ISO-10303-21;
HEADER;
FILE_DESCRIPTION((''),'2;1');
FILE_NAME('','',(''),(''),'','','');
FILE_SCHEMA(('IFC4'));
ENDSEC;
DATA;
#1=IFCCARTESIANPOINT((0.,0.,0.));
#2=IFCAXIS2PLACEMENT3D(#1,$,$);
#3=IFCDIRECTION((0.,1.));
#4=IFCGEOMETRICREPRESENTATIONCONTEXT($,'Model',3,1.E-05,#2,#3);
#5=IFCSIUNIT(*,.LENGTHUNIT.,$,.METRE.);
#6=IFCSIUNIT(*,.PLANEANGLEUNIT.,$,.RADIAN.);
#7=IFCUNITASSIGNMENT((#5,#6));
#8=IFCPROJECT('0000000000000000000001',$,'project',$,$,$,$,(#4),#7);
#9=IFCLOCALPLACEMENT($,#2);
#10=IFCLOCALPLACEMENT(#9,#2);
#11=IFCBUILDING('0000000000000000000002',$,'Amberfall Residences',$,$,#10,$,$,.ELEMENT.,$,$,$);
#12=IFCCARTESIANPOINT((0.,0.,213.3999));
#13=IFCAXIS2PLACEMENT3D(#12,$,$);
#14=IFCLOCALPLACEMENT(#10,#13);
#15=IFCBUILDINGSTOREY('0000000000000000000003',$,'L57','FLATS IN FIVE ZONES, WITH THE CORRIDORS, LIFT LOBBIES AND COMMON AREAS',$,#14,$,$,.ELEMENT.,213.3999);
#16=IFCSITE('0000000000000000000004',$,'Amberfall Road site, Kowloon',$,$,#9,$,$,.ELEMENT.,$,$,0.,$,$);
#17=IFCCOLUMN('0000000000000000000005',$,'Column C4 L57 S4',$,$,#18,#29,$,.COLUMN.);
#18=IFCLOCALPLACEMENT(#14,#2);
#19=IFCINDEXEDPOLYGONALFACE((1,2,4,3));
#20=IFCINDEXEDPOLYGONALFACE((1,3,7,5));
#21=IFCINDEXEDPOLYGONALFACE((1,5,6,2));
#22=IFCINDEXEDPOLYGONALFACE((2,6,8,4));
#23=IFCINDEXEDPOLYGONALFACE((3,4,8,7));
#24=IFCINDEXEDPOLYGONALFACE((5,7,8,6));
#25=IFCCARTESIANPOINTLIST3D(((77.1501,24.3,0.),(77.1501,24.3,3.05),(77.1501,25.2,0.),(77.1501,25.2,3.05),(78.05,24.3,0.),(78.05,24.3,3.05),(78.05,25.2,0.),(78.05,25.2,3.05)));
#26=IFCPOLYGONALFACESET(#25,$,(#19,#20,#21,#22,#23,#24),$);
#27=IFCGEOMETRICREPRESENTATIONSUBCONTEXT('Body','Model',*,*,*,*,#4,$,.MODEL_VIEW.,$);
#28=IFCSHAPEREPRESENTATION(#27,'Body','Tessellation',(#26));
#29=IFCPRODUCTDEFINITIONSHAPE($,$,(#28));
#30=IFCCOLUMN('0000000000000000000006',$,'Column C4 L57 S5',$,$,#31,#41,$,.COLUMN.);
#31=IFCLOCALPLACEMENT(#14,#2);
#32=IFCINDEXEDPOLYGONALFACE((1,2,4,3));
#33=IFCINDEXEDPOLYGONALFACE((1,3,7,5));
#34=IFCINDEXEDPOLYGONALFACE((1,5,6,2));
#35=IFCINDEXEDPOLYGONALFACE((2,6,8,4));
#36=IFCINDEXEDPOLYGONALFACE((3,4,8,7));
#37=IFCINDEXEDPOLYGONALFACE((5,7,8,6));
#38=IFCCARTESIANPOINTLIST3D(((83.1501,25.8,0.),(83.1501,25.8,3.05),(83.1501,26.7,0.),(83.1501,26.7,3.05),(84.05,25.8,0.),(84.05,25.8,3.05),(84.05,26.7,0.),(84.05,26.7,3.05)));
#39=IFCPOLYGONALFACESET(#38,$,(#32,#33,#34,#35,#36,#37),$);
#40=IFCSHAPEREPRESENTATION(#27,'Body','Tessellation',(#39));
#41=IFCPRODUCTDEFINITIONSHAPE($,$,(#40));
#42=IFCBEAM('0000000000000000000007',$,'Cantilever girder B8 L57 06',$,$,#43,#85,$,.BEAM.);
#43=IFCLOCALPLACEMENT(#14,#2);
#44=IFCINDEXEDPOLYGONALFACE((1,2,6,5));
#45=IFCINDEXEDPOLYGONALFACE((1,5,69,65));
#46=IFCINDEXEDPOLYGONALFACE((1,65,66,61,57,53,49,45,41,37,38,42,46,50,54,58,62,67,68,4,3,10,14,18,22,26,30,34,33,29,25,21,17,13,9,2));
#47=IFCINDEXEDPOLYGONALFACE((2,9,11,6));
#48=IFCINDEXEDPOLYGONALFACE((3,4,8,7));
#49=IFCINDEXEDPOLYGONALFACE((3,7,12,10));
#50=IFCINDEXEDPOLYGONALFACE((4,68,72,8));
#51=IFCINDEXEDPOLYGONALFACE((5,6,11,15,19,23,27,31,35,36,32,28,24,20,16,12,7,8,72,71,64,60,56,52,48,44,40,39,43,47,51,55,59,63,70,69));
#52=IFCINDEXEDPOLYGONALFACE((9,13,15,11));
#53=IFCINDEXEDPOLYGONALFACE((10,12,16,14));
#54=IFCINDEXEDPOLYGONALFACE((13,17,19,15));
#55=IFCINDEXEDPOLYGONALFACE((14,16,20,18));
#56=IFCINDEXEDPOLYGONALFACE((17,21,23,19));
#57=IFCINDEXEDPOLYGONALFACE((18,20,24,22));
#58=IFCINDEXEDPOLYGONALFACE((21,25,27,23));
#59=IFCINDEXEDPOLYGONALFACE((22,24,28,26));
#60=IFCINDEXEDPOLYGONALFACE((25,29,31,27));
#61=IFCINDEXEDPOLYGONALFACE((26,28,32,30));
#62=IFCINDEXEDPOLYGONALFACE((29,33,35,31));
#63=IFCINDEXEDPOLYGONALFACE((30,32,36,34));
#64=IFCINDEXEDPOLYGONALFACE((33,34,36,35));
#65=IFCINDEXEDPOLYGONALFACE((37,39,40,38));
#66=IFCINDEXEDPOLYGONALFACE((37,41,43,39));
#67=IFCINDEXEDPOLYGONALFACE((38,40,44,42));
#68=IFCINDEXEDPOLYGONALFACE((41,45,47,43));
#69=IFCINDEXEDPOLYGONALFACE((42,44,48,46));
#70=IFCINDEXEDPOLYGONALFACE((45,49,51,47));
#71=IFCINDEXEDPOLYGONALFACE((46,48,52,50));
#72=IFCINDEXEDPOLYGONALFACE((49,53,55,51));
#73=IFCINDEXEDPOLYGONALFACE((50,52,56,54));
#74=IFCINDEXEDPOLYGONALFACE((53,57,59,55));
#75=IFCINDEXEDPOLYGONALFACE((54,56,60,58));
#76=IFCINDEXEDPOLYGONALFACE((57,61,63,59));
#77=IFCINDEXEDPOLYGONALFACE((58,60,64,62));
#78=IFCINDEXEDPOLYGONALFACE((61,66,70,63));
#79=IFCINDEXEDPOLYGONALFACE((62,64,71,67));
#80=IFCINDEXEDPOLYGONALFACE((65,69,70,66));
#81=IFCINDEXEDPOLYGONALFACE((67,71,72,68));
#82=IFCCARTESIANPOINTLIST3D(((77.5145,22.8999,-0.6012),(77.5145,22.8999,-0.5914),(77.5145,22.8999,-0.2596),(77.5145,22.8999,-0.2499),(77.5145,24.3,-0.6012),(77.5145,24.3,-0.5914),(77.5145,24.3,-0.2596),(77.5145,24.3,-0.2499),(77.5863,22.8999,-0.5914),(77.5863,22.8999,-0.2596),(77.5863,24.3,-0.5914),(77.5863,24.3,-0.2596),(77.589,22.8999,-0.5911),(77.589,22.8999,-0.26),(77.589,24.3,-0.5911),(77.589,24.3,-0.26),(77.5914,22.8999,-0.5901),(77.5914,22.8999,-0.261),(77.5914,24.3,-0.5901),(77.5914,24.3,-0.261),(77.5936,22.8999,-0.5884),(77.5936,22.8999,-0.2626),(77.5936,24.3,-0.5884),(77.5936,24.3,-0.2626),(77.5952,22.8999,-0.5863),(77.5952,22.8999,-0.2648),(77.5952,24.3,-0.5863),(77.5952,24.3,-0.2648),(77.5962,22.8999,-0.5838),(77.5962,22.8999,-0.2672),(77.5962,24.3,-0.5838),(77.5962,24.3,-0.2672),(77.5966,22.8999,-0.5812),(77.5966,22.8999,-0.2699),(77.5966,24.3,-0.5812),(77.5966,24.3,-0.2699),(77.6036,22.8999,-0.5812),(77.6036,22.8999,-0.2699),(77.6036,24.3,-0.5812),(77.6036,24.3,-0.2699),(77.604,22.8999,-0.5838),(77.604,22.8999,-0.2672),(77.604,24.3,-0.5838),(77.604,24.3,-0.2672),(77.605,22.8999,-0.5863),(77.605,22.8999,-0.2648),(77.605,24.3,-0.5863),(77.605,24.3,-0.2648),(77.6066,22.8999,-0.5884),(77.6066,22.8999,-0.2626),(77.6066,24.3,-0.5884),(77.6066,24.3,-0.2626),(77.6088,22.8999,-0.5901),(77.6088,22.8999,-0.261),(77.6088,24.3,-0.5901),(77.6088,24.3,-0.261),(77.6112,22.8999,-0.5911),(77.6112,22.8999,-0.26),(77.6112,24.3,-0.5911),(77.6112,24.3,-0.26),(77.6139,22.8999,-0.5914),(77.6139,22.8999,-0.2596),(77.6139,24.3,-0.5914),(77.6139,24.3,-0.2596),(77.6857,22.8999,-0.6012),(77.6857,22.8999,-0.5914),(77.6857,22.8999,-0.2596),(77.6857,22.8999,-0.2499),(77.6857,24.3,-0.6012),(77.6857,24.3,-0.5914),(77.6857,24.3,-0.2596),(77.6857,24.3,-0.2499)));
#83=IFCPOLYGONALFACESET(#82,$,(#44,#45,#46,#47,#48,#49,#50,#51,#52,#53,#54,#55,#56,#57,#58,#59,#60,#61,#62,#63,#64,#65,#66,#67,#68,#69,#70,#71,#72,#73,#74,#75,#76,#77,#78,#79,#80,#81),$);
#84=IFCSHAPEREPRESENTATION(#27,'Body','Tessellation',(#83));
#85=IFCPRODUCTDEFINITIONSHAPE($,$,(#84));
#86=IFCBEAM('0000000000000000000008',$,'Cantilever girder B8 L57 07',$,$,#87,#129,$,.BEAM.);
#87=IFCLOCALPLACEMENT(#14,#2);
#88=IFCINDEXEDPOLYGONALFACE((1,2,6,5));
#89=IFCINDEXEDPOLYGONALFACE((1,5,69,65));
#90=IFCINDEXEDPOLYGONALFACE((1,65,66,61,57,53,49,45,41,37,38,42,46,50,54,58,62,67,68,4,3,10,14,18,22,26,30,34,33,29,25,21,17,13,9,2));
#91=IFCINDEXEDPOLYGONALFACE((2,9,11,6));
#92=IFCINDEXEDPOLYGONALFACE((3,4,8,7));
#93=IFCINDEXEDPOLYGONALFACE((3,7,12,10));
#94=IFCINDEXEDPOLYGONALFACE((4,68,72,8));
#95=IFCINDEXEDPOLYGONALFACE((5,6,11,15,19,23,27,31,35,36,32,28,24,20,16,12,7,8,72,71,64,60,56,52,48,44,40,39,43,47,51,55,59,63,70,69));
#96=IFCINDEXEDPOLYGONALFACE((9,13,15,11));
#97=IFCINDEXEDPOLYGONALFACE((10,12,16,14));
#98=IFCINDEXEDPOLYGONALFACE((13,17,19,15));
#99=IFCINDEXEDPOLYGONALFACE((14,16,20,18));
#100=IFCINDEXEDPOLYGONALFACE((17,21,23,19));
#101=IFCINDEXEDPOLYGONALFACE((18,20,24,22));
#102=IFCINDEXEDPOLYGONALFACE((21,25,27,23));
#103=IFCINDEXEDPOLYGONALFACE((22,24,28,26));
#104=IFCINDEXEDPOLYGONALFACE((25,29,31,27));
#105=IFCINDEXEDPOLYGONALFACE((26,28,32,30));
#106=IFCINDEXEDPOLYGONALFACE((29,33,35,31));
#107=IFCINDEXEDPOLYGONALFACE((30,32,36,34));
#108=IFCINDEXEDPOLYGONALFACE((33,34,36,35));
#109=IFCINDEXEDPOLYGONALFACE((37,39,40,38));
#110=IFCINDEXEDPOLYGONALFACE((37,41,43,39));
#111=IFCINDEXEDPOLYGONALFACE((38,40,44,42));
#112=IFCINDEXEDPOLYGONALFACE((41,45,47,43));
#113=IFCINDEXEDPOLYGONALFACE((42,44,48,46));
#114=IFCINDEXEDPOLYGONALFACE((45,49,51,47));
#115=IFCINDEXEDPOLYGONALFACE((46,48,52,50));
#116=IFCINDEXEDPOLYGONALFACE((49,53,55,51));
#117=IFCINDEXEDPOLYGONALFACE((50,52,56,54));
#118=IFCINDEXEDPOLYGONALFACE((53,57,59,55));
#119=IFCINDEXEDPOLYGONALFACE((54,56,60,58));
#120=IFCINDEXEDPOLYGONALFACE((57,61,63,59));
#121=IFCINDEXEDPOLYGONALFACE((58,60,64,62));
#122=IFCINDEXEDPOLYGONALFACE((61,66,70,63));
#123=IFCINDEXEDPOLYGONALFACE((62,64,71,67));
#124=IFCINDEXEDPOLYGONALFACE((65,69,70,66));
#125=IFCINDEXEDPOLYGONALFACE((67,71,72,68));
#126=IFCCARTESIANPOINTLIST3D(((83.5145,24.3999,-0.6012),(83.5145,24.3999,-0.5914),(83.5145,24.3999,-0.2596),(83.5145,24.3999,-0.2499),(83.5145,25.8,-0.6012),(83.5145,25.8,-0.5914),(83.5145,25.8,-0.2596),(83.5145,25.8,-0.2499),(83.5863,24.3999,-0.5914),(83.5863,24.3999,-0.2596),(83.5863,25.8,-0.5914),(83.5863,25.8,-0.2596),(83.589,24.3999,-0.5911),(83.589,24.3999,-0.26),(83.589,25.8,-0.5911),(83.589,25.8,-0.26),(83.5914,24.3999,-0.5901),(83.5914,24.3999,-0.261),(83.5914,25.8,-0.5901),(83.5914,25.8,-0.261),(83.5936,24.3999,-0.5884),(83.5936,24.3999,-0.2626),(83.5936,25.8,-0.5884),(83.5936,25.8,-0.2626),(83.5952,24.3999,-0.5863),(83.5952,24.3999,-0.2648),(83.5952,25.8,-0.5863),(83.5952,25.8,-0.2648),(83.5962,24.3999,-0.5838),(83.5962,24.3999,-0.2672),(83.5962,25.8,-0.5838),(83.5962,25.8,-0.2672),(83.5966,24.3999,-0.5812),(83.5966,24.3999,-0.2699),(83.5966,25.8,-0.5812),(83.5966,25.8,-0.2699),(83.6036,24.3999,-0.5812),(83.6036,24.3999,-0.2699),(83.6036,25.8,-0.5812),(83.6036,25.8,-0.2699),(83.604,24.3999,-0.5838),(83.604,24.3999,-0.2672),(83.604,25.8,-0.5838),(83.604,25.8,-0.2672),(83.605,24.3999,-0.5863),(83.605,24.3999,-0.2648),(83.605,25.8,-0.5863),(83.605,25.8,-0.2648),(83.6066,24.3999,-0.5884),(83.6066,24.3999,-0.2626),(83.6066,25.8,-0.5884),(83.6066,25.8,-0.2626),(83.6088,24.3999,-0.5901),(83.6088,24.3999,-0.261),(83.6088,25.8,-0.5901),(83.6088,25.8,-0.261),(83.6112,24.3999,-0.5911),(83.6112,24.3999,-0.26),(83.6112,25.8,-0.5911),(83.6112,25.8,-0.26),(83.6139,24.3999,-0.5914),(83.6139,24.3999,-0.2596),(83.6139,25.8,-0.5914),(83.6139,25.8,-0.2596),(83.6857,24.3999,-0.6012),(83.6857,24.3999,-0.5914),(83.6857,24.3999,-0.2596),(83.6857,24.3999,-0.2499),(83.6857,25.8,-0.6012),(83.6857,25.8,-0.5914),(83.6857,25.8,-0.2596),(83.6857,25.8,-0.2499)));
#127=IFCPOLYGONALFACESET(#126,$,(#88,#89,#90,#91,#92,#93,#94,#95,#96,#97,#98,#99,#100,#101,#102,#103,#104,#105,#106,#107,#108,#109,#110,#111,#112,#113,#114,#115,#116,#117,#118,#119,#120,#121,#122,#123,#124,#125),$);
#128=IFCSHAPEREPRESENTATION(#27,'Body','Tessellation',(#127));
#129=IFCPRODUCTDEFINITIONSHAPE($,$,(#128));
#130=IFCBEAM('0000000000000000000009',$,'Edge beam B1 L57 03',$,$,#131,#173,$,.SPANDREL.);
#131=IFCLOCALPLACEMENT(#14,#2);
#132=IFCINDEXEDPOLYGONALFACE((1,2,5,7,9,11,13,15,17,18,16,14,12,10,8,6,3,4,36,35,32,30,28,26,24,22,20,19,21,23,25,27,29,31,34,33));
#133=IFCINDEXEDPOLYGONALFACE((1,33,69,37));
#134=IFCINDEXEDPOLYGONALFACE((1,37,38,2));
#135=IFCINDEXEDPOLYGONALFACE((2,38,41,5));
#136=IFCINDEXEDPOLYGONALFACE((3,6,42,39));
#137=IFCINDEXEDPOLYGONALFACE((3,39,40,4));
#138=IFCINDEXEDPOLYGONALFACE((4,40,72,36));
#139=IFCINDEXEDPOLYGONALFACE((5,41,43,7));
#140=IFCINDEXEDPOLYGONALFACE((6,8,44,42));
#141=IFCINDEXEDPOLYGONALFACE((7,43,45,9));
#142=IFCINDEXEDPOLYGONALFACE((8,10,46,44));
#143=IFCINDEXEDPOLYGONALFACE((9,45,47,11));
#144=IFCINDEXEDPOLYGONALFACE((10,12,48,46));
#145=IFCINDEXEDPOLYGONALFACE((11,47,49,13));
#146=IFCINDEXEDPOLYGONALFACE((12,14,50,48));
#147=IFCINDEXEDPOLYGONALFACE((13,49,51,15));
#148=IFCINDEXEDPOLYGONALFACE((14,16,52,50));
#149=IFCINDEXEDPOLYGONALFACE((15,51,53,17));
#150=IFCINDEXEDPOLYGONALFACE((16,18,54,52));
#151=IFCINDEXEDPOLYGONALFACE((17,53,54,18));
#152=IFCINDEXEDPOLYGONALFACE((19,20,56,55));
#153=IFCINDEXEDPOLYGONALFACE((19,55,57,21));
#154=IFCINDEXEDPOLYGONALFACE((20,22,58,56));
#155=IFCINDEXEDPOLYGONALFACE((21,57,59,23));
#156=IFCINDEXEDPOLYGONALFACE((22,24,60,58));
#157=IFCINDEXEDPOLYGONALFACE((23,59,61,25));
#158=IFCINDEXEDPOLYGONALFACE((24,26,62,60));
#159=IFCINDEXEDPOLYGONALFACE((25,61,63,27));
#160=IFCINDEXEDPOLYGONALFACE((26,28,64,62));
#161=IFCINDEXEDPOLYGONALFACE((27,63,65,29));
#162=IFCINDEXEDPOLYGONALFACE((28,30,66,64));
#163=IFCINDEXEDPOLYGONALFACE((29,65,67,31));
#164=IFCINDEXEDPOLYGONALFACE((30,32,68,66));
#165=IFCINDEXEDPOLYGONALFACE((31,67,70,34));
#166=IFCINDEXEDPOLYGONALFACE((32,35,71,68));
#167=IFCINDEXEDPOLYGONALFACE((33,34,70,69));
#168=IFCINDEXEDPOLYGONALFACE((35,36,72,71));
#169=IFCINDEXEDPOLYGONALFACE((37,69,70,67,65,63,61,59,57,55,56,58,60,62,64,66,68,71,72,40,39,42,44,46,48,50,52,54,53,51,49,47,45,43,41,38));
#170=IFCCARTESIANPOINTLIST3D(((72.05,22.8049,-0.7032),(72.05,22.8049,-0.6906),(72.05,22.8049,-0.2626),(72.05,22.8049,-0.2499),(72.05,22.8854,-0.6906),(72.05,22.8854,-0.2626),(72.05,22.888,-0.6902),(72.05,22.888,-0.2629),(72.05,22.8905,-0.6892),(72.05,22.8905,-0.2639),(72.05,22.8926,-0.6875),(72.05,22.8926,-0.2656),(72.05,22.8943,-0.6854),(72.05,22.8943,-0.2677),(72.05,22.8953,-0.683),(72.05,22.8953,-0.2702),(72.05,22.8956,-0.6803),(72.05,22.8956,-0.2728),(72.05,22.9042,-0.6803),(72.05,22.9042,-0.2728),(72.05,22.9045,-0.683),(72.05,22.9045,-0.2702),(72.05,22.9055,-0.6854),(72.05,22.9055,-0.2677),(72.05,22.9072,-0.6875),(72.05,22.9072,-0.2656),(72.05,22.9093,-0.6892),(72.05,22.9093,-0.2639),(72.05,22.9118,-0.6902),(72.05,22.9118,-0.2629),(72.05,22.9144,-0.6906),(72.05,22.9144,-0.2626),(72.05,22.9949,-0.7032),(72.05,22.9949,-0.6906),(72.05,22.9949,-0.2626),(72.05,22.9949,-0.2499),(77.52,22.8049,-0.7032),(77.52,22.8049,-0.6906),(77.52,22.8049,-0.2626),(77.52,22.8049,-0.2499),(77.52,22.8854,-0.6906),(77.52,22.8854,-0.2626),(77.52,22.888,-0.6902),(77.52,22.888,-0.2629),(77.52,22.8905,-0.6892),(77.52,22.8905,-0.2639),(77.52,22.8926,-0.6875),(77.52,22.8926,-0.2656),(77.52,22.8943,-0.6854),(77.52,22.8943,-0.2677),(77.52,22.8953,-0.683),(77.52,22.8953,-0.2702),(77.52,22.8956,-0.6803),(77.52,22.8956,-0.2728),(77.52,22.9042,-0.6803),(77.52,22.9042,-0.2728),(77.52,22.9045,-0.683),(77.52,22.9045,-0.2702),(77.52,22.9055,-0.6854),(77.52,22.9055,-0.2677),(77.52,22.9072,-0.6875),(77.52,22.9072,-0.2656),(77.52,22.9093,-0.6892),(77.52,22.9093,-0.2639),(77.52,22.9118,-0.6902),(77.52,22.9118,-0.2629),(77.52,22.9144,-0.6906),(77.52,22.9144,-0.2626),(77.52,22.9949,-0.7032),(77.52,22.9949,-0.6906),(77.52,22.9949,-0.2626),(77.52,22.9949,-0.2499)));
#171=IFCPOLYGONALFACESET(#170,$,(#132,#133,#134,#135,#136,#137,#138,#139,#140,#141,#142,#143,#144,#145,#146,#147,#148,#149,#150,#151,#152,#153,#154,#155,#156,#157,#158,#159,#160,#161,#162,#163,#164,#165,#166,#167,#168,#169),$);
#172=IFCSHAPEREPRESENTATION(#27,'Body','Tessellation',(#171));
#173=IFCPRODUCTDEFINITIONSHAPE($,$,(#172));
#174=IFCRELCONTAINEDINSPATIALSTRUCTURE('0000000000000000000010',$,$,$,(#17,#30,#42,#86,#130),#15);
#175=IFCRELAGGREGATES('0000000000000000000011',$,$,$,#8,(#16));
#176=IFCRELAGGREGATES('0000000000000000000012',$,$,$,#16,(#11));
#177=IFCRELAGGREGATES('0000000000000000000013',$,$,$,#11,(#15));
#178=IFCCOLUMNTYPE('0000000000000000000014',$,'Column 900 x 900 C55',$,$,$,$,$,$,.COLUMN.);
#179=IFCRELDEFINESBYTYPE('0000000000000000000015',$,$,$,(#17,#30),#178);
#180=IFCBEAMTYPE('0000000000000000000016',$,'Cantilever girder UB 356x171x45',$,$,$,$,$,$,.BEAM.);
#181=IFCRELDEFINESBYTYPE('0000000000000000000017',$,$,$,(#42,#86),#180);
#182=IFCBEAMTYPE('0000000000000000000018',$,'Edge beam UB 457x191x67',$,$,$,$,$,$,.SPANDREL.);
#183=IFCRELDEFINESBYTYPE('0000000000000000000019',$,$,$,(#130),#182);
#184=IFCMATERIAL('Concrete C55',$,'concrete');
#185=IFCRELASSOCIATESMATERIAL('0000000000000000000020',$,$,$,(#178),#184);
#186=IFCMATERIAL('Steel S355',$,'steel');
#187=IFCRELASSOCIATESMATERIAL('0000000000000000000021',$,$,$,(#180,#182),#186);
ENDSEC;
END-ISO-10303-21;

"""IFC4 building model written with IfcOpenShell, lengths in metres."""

from ifc_helpers import new_model, si_unit, direction, frame, origin, origin_2d, place, context, subcontext, project, spatial, rectangle, i_section, extrude, material, material_profile, profile_set, type_object, element, save


model = new_model("IFC4")

# Units and contexts
model_context = context("Model", 3, precision=1e-05, world=origin(), true_north=direction((0.0, 1.0)))
body_context = subcontext(model_context, "Body", "Model", "MODEL_VIEW")
ifc_project = project(units=[si_unit("LENGTHUNIT", "METRE"), si_unit("PLANEANGLEUNIT", "RADIAN")], contexts=[model_context])

# Site, building, storey
site_placement = place(None, origin())
site = spatial("IfcSite", under=ifc_project, at=site_placement, Name="Amberfall Road site, Kowloon", CompositionType="ELEMENT", RefElevation=0.0)
building_placement = place(site_placement, origin())
building = spatial("IfcBuilding", under=site, at=building_placement, Name="Amberfall Residences", CompositionType="ELEMENT")
storey_placement = place(building_placement, frame((0.0, 0.0, 213.3999)))
storey = spatial("IfcBuildingStorey", under=building, at=storey_placement, Name="L57", Description="FLATS IN FIVE ZONES, WITH THE CORRIDORS, LIFT LOBBIES AND COMMON AREAS", CompositionType="ELEMENT", Elevation=213.3999)

# Columns
ifc_material_1 = material(Name="Concrete C55", Category="concrete")
ifc_material_profile_1 = material_profile(ifc_material_1, rectangle(XDim=0.8999, YDim=0.8999, at=origin_2d()), Name="Column 900 x 900 C55")
ifc_profile_set_1 = profile_set([ifc_material_profile_1], Name="Concrete C55")
column_type = type_object("IfcColumnType", Name="Column 900 x 900 C55", PredefinedType="COLUMN", material=ifc_profile_set_1)
for number, where, z_axis, x_axis, name in (
    (1, (77.6001, 24.75, 0.0), (0.0, 0.0, 1.0), (1.0, 0.0, 0.0), "Column C4 L57 S4"),
    (2, (83.6001, 26.25, 0.0), (0.0, 0.0, 1.0), (1.0, 0.0, 0.0), "Column C4 L57 S5"),
):
    element("IfcColumn", number, at=place(storey_placement, frame(where, z_axis=z_axis, x_axis=x_axis)), inside=storey, type_object=column_type, Name=name, PredefinedType="COLUMN", context=body_context, shape_type="SweptSolid", body=[
        extrude(rectangle(XDim=0.8999, YDim=0.8999, at=origin_2d()), origin(), (0.0, 0.0, 1.0), 3.05),
    ])

# Beams
ifc_material_2 = material(Name="Steel S355", Category="steel")
ifc_material_profile_2 = material_profile(ifc_material_2, i_section(OverallWidth=0.1711, OverallDepth=0.3513, WebThickness=0.0071, FlangeThickness=0.0098, FilletRadius=0.0103, at=origin_2d()), Name="UB 356x171x45")
ifc_profile_set_2 = profile_set([ifc_material_profile_2], Name="Steel S355")
beam_type_1 = type_object("IfcBeamType", Name="Cantilever girder UB 356x171x45", PredefinedType="BEAM", material=ifc_profile_set_2)
for number, where, z_axis, x_axis, name in (
    (3, (77.6001, 24.3, -0.4255), (0.0, -1.0, 0.0), (1.0, 0.0, 0.0), "Cantilever girder B8 L57 06"),
    (4, (83.6001, 25.8, -0.4255), (0.0, -1.0, 0.0), (1.0, 0.0, 0.0), "Cantilever girder B8 L57 07"),
):
    element("IfcBeam", number, at=place(storey_placement, frame(where, z_axis=z_axis, x_axis=x_axis)), inside=storey, type_object=beam_type_1, Name=name, PredefinedType="BEAM", context=body_context, shape_type="SweptSolid", body=[
        extrude(i_section(OverallWidth=0.1711, OverallDepth=0.3513, WebThickness=0.0071, FlangeThickness=0.0098, FilletRadius=0.0103, at=origin_2d()), origin(), (0.0, 0.0, 1.0), 1.4001),
    ])
ifc_material_profile_3 = material_profile(ifc_material_2, i_section(OverallWidth=0.1899, OverallDepth=0.4534, WebThickness=0.0085, FlangeThickness=0.0127, FilletRadius=0.0103, at=origin_2d()), Name="UB 457x191x67")
ifc_profile_set_3 = profile_set([ifc_material_profile_3], Name="Steel S355")
beam_type_2 = type_object("IfcBeamType", Name="Edge beam UB 457x191x67", PredefinedType="SPANDREL", material=ifc_profile_set_3)
for number, where, z_axis, x_axis, name in (
    (5, (72.05, 22.8999, -0.4766), (1.0, 0.0, 0.0), (0.0, 1.0, 0.0), "Edge beam B1 L57 03"),
):
    element("IfcBeam", number, at=place(storey_placement, frame(where, z_axis=z_axis, x_axis=x_axis)), inside=storey, type_object=beam_type_2, Name=name, PredefinedType="SPANDREL", context=body_context, shape_type="SweptSolid", body=[
        extrude(i_section(OverallWidth=0.1899, OverallDepth=0.4534, WebThickness=0.0085, FlangeThickness=0.0127, FilletRadius=0.0103, at=origin_2d()), origin(), (0.0, 0.0, 1.0), 5.47),
    ])

save(model, "model.ifc")
